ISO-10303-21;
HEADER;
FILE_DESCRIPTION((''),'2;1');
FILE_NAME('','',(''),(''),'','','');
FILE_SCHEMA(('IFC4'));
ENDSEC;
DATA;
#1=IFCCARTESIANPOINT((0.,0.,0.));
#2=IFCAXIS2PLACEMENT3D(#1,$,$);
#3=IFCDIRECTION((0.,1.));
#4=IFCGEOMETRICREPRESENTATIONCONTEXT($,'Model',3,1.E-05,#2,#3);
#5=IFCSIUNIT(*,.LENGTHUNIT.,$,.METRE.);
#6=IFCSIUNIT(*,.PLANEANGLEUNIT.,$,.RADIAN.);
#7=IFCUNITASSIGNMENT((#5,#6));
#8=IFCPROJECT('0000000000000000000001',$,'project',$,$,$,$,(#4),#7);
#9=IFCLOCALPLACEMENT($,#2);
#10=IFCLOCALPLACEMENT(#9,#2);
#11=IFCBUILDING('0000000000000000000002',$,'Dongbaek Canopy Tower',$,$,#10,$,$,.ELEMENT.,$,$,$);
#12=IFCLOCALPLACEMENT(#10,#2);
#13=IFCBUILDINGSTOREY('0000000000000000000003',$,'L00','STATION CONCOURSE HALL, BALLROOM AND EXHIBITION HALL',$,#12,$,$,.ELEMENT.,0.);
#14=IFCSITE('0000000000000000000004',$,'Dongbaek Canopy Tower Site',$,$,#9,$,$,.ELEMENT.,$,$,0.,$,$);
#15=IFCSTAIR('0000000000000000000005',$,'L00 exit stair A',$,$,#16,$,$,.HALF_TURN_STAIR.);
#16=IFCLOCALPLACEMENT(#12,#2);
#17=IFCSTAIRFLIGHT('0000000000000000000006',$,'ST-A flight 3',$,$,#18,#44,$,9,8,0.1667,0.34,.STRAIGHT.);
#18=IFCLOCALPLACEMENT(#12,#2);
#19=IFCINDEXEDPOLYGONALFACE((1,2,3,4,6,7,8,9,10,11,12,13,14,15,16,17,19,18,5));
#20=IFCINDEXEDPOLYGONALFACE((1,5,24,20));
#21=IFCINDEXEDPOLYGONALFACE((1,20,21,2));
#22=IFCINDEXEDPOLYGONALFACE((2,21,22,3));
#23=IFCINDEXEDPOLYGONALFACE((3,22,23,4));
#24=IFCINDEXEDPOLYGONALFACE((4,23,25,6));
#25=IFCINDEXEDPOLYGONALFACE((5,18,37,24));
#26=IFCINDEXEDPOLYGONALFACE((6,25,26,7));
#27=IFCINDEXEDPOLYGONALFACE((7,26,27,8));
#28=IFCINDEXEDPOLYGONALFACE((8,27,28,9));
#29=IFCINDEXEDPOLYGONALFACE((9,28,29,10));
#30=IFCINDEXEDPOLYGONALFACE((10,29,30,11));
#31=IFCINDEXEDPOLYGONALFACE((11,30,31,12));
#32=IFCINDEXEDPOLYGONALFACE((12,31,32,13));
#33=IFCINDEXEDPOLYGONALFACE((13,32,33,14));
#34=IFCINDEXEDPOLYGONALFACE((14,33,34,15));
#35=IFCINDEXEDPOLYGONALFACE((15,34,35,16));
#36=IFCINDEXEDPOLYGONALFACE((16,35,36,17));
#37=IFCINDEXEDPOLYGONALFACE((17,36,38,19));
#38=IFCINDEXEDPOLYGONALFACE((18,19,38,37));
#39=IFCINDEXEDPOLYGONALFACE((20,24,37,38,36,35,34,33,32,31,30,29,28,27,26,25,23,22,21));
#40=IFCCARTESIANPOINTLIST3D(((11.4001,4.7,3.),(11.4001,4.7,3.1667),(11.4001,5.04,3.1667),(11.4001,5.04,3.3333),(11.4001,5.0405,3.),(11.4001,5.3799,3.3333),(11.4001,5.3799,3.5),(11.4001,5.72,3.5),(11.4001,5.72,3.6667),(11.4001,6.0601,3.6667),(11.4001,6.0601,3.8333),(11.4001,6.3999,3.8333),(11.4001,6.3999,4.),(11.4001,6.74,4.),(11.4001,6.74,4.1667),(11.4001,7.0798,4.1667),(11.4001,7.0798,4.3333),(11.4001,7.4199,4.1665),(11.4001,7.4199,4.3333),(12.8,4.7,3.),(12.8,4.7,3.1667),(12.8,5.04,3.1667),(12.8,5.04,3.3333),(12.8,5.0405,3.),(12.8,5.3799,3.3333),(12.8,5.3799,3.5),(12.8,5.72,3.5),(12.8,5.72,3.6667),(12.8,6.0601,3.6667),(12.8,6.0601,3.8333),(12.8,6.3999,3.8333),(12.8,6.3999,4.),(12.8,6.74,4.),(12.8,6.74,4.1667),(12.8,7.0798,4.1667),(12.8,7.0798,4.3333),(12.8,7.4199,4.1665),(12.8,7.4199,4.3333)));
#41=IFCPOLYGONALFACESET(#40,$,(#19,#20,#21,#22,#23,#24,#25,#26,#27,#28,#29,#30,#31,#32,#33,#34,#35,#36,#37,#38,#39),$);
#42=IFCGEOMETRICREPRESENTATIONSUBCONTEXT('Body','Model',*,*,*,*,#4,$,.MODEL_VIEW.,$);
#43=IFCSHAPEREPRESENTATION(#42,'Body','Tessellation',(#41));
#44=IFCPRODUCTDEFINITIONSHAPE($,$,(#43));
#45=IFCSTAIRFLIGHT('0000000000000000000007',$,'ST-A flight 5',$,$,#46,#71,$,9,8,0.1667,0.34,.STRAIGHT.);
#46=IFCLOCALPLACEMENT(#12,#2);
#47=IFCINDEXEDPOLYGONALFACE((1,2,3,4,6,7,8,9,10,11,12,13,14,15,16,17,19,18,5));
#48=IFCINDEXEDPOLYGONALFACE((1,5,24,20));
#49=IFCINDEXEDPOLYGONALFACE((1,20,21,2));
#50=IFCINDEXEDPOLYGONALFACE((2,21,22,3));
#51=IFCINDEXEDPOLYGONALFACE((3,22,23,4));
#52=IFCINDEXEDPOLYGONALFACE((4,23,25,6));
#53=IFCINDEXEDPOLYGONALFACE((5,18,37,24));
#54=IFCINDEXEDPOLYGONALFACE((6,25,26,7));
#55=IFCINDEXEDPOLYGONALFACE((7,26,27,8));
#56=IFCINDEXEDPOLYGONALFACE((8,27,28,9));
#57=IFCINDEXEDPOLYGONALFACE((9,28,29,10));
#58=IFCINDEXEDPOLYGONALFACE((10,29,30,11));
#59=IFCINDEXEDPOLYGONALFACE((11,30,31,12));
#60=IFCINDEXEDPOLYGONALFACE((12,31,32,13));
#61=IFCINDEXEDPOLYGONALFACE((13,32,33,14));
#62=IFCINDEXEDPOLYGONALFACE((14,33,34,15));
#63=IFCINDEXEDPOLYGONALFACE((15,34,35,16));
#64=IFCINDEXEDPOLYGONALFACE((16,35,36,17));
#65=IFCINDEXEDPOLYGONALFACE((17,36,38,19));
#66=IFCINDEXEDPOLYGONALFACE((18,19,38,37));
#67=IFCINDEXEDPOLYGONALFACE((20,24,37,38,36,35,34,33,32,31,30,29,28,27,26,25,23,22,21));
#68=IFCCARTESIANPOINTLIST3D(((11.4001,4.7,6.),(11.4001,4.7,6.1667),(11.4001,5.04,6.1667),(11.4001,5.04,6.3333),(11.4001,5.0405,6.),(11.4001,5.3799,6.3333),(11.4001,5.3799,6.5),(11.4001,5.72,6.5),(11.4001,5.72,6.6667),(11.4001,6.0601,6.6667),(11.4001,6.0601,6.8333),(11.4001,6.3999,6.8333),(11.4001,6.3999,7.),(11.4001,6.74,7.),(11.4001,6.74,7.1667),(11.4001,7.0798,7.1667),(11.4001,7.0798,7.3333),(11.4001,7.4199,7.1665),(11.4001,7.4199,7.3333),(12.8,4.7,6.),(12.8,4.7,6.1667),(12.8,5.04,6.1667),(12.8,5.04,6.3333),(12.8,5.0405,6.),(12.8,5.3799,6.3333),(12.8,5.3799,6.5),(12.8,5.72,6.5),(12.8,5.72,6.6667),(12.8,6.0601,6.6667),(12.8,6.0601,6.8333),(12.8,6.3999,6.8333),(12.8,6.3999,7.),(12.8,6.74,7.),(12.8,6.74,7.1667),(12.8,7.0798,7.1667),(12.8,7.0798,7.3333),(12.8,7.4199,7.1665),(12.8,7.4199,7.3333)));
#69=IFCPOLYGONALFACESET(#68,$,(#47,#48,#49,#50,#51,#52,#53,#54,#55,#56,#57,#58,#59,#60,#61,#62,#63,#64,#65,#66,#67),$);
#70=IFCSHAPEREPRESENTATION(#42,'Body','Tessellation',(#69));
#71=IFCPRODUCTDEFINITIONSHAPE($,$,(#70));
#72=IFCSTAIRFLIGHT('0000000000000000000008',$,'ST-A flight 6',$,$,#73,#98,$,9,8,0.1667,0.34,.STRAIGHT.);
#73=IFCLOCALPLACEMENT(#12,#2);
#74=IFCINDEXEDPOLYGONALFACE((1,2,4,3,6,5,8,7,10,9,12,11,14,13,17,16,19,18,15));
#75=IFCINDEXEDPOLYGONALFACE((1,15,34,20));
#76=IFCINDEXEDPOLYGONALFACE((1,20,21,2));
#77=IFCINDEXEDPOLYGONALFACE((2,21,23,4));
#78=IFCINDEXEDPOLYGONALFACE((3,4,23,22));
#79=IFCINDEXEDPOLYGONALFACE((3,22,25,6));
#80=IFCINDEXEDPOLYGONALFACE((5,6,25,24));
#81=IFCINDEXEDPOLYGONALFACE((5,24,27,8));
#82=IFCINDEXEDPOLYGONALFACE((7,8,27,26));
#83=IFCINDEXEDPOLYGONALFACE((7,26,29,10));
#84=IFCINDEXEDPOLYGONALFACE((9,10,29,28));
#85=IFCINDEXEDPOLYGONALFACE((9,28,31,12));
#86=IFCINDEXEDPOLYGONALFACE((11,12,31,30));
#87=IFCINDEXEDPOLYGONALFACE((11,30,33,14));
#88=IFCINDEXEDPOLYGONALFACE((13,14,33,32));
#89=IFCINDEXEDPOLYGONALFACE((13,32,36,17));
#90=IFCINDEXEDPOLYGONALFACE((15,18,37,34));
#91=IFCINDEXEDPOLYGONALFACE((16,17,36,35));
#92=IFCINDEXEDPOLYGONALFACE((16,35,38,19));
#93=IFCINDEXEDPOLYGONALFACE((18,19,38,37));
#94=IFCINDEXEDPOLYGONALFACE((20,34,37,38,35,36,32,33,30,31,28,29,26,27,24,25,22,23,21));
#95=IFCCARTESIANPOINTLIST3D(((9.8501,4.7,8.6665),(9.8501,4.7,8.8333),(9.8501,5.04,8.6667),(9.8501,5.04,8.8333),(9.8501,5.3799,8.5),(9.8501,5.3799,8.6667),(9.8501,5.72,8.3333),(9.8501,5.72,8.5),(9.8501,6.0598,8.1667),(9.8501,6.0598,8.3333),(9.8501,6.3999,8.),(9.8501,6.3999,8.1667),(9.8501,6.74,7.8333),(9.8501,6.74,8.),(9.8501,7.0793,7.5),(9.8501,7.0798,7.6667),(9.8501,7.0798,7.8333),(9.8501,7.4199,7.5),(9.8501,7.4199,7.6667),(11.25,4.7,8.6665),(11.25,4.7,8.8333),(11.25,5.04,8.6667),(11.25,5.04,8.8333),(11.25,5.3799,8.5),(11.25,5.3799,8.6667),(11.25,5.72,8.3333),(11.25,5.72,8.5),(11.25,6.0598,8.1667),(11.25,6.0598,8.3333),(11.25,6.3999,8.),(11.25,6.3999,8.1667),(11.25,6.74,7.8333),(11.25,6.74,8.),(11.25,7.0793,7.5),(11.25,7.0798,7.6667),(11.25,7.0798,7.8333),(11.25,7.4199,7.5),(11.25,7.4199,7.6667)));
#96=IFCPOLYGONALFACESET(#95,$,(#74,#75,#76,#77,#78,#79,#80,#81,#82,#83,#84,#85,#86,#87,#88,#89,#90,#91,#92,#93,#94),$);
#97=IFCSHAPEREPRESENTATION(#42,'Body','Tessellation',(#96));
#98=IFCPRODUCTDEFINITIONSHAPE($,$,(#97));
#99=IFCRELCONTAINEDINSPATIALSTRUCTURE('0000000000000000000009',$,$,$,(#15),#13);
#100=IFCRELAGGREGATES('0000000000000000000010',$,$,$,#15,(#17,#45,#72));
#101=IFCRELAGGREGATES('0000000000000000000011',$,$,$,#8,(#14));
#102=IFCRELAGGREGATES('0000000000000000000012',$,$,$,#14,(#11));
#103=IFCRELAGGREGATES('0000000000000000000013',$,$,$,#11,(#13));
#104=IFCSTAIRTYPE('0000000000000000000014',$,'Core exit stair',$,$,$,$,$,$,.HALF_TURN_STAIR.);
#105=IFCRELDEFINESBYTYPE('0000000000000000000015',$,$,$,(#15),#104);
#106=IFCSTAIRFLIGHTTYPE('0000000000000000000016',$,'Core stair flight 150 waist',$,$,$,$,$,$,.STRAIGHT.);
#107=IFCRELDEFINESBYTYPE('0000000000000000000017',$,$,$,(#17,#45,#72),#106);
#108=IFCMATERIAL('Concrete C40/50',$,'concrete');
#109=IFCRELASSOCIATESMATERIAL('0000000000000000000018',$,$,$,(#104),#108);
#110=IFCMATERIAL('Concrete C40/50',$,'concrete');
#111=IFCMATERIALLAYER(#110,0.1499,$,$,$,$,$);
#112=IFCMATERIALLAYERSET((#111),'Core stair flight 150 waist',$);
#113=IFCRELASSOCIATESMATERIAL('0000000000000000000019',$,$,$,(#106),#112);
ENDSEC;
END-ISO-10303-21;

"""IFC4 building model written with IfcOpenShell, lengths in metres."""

from ifc_helpers import new_model, si_unit, direction, frame, origin, place, context, subcontext, project, spatial, polyline, outline, extrude, material, layer, layer_set, type_object, element, aggregate, save


model = new_model("IFC4")

# Units and contexts
model_context = context("Model", 3, precision=1e-05, world=origin(), true_north=direction((0.0, 1.0)))
body_context = subcontext(model_context, "Body", "Model", "MODEL_VIEW")
ifc_project = project(units=[si_unit("LENGTHUNIT", "METRE"), si_unit("PLANEANGLEUNIT", "RADIAN")], contexts=[model_context])

# Site, building, storey
site_placement = place(None, origin())
site = spatial("IfcSite", under=ifc_project, at=site_placement, Name="Dongbaek Canopy Tower Site", CompositionType="ELEMENT", RefElevation=0.0)
building_placement = place(site_placement, origin())
building = spatial("IfcBuilding", under=site, at=building_placement, Name="Dongbaek Canopy Tower", CompositionType="ELEMENT")
storey_placement = place(building_placement, origin())
storey = spatial("IfcBuildingStorey", under=building, at=storey_placement, Name="L00", Description="STATION CONCOURSE HALL, BALLROOM AND EXHIBITION HALL", CompositionType="ELEMENT", Elevation=0.0)

# Stair, stair flights
ifc_material_1 = material(Name="Concrete C40/50", Category="concrete")
stair_type = type_object("IfcStairType", Name="Core exit stair", PredefinedType="HALF_TURN_STAIR", material=ifc_material_1)
stair_placement = place(storey_placement, origin())
stair = element("IfcStair", 1, at=stair_placement, inside=storey, type_object=stair_type, Name="L00 exit stair A", PredefinedType="HALF_TURN_STAIR")
ifc_material_2 = material(Name="Concrete C40/50", Category="concrete")
ifc_layer_1 = layer(ifc_material_2, 0.1499)
ifc_layer_set_1 = layer_set([ifc_layer_1], Name="Core stair flight 150 waist")
stair_flight_type = type_object("IfcStairFlightType", Name="Core stair flight 150 waist", PredefinedType="STRAIGHT", material=ifc_layer_set_1)
stair_flight_1_placement = place(storey_placement, frame((12.1001, 4.7, 3.0), z_axis=(0.0, 0.0, 1.0), x_axis=(0.0, 1.0, 0.0)))
stair_flight_1 = element("IfcStairFlight", 2, at=stair_flight_1_placement, type_object=stair_flight_type, Name="ST-A flight 3", NumberOfRisers=9, NumberOfTreads=8, PredefinedType="STRAIGHT", RiserHeight=0.1667, TreadLength=0.34, context=body_context, shape_type="SweptSolid", body=[
    extrude(outline(polyline([(0.0, 0.0), (0.0, 0.1667), (0.3401, 0.1667), (0.3401, 0.3333), (0.6799, 0.3333), (0.6799, 0.5), (1.02, 0.5), (1.02, 0.6667), (1.3601, 0.6667), (1.3601, 0.8333), (1.7, 0.8333), (1.7, 1.0), (2.04, 1.0), (2.04, 1.1667), (2.3799, 1.1667), (2.3799, 1.3333), (2.72, 1.3333), (2.72, 1.5), (2.72, 1.1665), (0.3406, 0.0), (0.0, 0.0)])), frame((0.0, 0.7, 0.0), z_axis=(0.0, -1.0, 0.0), x_axis=(1.0, 0.0, 0.0)), (0.0, 0.0, 1.0), 1.3999),
])
stair_flight_2_placement = place(storey_placement, frame((12.1001, 4.7, 6.0), z_axis=(0.0, 0.0, 1.0), x_axis=(0.0, 1.0, 0.0)))
stair_flight_2 = element("IfcStairFlight", 3, at=stair_flight_2_placement, type_object=stair_flight_type, Name="ST-A flight 5", NumberOfRisers=9, NumberOfTreads=8, PredefinedType="STRAIGHT", RiserHeight=0.1667, TreadLength=0.34, context=body_context, shape_type="SweptSolid", body=[
    extrude(outline(polyline([(0.0, 0.0), (0.0, 0.1667), (0.3401, 0.1667), (0.3401, 0.3333), (0.6799, 0.3333), (0.6799, 0.5), (1.02, 0.5), (1.02, 0.6667), (1.3601, 0.6667), (1.3601, 0.8333), (1.7, 0.8333), (1.7, 1.0), (2.04, 1.0), (2.04, 1.1667), (2.3799, 1.1667), (2.3799, 1.3333), (2.72, 1.3333), (2.72, 1.5), (2.72, 1.1665), (0.3406, 0.0), (0.0, 0.0)])), frame((0.0, 0.7, 0.0), z_axis=(0.0, -1.0, 0.0), x_axis=(1.0, 0.0, 0.0)), (0.0, 0.0, 1.0), 1.3999),
])
stair_flight_3_placement = place(storey_placement, frame((10.55, 7.4199, 7.5), z_axis=(0.0, 0.0, 1.0), x_axis=(0.0, -1.0, 0.0)))
stair_flight_3 = element("IfcStairFlight", 4, at=stair_flight_3_placement, type_object=stair_flight_type, Name="ST-A flight 6", NumberOfRisers=9, NumberOfTreads=8, PredefinedType="STRAIGHT", RiserHeight=0.1667, TreadLength=0.34, context=body_context, shape_type="SweptSolid", body=[
    extrude(outline(polyline([(0.0, 0.0), (0.0, 0.1667), (0.3401, 0.1667), (0.3401, 0.3333), (0.6799, 0.3333), (0.6799, 0.5), (1.02, 0.5), (1.02, 0.6667), (1.3601, 0.6667), (1.3601, 0.8333), (1.7, 0.8333), (1.7, 1.0), (2.04, 1.0), (2.04, 1.1667), (2.3799, 1.1667), (2.3799, 1.3333), (2.72, 1.3333), (2.72, 1.5), (2.72, 1.1665), (0.3406, 0.0), (0.0, 0.0)])), frame((0.0, 0.7, 0.0), z_axis=(0.0, -1.0, 0.0), x_axis=(1.0, 0.0, 0.0)), (0.0, 0.0, 1.0), 1.3999),
])
aggregate(stair, [stair_flight_1, stair_flight_2, stair_flight_3])

save(model, "model.ifc")
